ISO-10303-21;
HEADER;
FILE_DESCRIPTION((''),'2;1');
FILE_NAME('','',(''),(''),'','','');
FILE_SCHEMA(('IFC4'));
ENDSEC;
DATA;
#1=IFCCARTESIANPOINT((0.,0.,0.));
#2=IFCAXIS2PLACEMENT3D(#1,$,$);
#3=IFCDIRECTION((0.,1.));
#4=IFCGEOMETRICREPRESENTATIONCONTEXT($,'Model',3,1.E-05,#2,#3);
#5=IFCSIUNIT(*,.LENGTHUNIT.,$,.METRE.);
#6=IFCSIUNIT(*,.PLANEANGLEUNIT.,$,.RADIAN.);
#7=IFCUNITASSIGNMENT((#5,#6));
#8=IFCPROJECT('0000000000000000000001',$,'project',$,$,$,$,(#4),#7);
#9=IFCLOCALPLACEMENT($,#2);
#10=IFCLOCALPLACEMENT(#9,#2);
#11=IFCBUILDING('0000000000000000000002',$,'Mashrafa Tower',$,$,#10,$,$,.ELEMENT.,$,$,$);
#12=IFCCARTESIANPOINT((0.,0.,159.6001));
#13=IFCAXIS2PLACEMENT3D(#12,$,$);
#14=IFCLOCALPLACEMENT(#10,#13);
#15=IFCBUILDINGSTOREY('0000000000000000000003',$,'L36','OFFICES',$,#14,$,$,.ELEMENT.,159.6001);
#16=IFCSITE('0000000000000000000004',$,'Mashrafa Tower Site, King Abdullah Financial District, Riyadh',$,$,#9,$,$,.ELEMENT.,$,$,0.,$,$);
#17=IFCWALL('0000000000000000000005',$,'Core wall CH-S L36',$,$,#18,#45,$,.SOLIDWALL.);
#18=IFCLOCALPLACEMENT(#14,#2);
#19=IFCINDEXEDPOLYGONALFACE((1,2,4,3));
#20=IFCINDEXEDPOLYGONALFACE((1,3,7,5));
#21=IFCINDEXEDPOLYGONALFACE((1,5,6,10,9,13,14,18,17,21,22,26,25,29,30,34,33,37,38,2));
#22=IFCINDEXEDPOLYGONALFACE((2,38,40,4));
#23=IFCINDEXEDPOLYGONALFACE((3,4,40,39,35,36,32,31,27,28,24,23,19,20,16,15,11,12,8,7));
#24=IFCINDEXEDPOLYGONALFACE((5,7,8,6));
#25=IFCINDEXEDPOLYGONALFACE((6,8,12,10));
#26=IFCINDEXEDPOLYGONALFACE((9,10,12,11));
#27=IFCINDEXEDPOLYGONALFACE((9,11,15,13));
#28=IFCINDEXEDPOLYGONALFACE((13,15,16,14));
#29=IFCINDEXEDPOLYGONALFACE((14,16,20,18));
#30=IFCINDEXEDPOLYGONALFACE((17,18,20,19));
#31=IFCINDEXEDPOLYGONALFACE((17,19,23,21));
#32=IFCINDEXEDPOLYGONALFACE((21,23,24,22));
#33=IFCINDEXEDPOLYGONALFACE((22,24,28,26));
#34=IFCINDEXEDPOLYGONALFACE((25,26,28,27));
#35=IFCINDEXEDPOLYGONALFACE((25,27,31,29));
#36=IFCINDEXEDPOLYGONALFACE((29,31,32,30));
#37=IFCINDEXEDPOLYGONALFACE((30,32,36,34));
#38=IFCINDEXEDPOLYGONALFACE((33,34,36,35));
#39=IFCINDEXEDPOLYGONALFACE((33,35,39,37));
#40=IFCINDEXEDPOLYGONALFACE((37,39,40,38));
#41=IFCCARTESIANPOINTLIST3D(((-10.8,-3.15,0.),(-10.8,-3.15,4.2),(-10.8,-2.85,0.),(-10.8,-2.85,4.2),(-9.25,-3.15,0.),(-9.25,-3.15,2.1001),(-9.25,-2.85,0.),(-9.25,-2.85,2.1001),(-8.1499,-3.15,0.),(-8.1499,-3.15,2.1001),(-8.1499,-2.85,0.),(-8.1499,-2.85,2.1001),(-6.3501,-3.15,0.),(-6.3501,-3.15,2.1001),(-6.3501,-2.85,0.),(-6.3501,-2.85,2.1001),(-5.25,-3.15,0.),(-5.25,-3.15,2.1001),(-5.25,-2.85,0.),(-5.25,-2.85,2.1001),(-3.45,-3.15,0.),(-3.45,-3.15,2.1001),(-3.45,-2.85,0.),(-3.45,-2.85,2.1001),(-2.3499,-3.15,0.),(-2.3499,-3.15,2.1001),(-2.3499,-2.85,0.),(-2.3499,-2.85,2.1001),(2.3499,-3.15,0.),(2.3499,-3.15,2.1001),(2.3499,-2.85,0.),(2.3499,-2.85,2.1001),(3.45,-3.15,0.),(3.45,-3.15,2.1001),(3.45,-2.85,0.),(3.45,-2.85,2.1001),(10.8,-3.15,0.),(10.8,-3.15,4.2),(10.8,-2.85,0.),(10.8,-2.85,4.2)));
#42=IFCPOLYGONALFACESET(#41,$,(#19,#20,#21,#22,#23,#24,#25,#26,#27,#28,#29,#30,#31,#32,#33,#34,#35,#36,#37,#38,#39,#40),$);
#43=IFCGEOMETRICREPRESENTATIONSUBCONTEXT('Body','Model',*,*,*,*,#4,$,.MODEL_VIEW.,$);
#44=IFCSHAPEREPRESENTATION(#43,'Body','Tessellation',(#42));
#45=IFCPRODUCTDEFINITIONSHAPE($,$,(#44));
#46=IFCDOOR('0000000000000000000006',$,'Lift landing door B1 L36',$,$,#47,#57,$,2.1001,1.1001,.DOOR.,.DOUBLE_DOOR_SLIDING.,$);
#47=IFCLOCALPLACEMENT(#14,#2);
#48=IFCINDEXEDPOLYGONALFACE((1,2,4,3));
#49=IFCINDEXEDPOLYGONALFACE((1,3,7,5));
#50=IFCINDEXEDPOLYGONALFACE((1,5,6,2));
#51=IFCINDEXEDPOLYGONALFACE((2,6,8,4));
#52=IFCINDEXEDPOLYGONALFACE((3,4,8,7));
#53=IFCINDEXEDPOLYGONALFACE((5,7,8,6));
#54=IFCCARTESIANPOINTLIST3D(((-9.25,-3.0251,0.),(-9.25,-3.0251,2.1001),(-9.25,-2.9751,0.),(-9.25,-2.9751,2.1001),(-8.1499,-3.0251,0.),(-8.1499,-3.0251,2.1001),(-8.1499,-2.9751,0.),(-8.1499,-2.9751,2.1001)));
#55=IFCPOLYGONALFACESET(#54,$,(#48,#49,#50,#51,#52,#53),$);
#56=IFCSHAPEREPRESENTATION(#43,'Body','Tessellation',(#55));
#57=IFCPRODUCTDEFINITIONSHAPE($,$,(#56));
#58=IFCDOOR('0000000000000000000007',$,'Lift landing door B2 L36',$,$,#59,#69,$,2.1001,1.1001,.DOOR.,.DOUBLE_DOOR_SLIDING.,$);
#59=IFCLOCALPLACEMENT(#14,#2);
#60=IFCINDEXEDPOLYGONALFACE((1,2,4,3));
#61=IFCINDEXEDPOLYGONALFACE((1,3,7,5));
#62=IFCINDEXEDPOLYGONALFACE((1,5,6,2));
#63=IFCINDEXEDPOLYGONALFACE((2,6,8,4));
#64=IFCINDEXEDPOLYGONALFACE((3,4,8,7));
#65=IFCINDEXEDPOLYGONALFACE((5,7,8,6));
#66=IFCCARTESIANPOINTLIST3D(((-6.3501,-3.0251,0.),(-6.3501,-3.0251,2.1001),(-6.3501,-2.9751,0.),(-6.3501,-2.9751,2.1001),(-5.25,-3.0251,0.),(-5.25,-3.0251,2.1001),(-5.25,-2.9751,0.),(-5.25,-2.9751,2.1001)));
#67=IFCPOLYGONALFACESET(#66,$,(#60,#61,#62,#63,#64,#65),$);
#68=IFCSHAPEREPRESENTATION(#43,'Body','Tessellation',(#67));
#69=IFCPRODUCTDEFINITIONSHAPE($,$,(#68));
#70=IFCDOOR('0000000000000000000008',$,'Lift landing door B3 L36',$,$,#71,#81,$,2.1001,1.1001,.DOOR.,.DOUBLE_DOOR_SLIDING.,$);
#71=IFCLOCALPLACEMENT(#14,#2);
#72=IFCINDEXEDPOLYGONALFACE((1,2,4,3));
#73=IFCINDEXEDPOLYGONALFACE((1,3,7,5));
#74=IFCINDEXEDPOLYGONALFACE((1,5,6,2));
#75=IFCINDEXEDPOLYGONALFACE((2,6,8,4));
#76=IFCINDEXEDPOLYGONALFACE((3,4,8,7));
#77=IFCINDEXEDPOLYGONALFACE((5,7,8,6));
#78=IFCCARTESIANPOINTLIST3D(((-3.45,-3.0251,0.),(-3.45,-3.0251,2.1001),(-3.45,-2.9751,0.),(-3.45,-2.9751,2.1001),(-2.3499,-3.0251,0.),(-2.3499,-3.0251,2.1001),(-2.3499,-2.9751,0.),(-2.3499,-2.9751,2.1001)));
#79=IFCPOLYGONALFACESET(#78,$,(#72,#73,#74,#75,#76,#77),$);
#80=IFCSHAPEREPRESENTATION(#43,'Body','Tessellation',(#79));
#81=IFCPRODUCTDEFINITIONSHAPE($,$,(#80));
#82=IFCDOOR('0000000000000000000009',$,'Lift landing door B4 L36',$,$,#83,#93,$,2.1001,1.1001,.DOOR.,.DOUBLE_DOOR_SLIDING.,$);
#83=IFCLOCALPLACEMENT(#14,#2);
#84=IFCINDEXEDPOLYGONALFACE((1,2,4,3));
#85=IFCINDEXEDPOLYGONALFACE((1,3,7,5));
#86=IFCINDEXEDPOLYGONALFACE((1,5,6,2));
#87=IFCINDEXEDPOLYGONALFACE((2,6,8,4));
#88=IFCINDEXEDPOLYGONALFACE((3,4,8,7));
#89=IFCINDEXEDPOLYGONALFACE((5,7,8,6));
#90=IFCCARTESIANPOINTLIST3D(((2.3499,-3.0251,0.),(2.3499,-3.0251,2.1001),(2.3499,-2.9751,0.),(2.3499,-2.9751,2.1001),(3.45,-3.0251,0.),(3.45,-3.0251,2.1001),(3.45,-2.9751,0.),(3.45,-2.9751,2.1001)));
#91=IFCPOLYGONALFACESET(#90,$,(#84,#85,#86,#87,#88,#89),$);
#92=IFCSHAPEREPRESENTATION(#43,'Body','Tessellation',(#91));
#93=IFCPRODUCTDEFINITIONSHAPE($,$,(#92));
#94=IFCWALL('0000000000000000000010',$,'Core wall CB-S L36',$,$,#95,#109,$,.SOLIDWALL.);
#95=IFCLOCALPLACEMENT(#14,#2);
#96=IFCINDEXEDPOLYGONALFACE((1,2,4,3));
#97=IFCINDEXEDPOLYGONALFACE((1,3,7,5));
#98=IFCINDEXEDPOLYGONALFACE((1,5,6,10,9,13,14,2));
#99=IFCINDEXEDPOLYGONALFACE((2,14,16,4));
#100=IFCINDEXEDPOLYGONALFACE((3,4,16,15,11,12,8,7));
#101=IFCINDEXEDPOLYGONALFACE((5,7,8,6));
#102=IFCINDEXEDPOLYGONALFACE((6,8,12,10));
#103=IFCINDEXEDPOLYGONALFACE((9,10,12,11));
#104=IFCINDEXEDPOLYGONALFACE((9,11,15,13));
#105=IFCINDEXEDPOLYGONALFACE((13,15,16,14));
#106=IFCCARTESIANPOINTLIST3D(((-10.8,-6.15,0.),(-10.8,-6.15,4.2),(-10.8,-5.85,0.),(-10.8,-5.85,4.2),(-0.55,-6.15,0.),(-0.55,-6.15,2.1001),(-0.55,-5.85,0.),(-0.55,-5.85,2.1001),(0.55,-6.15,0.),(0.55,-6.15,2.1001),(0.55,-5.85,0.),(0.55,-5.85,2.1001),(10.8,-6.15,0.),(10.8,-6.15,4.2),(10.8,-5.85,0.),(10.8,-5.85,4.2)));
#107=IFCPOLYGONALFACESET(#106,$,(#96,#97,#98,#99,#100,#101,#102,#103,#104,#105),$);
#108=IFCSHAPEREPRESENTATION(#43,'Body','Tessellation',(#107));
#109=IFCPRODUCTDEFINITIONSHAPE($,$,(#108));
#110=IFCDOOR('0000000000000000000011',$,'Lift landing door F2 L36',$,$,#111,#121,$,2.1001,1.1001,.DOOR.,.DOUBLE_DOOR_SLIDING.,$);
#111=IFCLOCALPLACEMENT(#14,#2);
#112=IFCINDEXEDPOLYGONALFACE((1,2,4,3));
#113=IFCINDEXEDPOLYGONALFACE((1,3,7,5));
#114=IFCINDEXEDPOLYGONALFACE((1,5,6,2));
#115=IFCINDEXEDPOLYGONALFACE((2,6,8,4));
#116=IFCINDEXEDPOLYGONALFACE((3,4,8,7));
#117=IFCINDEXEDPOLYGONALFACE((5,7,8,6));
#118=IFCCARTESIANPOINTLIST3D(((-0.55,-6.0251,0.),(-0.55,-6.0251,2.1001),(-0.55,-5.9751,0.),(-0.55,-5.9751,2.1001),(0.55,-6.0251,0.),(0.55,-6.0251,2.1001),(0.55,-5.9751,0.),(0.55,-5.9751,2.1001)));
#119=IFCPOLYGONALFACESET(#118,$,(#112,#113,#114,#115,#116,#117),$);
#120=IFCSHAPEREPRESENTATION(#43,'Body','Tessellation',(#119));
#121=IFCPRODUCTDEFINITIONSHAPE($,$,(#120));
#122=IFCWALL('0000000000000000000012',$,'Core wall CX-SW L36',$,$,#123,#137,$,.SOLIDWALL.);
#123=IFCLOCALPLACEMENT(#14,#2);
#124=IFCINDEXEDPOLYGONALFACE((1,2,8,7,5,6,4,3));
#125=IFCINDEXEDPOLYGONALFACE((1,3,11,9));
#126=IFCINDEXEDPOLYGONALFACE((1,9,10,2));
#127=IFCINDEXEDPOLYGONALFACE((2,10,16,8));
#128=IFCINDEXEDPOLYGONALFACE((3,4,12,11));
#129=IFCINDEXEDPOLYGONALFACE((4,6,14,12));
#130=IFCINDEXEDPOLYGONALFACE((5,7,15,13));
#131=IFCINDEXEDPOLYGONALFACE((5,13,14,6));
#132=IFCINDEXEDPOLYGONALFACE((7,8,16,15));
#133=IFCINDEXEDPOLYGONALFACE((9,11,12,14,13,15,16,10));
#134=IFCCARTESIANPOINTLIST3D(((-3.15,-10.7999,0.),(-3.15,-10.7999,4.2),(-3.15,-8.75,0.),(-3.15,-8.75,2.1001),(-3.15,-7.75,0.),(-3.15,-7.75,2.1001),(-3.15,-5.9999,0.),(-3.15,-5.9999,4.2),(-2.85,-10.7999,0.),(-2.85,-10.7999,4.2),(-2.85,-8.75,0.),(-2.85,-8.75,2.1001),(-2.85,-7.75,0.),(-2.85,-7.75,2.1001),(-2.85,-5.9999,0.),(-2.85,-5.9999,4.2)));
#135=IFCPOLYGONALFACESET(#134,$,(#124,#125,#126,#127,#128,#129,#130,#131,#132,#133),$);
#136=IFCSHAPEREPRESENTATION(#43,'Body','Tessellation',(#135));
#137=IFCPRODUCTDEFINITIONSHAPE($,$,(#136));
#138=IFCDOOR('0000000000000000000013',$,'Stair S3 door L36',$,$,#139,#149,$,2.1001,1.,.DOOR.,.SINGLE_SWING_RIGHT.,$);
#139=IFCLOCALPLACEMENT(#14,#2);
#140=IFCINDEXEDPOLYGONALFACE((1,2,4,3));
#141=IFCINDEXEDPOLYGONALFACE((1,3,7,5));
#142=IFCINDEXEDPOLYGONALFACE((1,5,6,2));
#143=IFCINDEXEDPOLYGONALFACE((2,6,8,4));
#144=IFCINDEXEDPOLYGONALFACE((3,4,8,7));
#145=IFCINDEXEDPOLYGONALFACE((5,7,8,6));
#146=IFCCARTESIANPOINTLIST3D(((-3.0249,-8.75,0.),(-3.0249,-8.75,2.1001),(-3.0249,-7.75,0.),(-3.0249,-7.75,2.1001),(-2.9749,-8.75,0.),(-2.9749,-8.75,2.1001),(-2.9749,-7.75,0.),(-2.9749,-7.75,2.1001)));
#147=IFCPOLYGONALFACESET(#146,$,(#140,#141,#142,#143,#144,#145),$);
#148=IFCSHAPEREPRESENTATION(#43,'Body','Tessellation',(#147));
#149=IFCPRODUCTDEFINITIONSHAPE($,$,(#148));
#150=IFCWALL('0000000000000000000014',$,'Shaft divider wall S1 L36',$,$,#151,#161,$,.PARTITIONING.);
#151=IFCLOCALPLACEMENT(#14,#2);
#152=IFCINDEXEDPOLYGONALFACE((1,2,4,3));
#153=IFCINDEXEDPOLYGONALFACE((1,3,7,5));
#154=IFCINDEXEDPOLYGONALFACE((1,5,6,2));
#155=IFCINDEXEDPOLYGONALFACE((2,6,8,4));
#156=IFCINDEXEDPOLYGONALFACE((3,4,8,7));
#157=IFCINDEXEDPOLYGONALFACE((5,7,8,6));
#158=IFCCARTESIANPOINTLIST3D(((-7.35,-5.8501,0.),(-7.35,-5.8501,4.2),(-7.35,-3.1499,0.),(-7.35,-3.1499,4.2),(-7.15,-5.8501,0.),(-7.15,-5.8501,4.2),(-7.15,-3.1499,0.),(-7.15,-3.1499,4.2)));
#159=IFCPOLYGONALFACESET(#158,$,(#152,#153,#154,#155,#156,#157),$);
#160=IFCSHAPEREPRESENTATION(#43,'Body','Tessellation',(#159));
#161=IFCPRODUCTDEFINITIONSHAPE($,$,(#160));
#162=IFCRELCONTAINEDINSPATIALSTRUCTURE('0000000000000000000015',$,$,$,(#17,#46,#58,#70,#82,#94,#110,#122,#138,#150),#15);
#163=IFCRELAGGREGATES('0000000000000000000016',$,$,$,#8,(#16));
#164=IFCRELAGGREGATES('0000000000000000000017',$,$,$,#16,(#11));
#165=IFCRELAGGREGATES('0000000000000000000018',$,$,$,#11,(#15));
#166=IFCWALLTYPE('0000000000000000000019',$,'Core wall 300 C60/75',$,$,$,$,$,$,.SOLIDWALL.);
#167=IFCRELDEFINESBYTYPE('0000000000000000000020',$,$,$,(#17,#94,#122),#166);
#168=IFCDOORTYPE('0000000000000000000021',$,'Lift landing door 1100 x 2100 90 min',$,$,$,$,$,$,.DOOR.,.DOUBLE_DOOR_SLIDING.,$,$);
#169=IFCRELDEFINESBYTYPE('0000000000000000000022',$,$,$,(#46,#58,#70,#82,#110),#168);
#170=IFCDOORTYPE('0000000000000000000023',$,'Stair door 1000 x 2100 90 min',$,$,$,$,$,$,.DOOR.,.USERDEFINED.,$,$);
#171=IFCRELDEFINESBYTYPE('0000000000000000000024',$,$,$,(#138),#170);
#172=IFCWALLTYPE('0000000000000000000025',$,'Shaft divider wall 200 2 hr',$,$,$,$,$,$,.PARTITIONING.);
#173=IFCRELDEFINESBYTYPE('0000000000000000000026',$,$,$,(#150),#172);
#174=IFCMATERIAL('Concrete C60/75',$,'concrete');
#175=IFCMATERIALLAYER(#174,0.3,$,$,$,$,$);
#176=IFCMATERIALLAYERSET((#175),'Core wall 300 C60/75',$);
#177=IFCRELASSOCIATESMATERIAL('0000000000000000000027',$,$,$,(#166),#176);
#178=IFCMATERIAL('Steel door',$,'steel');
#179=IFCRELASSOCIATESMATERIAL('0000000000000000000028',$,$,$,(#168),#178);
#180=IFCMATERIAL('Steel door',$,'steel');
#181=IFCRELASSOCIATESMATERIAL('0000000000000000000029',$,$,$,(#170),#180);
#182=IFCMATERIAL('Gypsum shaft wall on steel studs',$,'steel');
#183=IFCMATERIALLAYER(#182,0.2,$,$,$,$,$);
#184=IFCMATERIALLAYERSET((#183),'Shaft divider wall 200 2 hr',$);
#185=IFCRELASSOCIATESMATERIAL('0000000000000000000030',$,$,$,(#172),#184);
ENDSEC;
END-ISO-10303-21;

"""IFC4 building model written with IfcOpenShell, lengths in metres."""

from ifc_helpers import new_model, si_unit, direction, frame, frame_2d, origin, place, context, subcontext, project, spatial, rectangle, extrude, material, layer, layer_set, type_object, element, fill, save


model = new_model("IFC4")

# Units and contexts
model_context = context("Model", 3, precision=1e-05, world=origin(), true_north=direction((0.0, 1.0)))
body_context = subcontext(model_context, "Body", "Model", "MODEL_VIEW")
ifc_project = project(units=[si_unit("LENGTHUNIT", "METRE"), si_unit("PLANEANGLEUNIT", "RADIAN")], contexts=[model_context])

# Site, building, storey
site_placement = place(None, origin())
site = spatial("IfcSite", under=ifc_project, at=site_placement, Name="Mashrafa Tower Site, King Abdullah Financial District, Riyadh", CompositionType="ELEMENT", RefElevation=0.0)
building_placement = place(site_placement, origin())
building = spatial("IfcBuilding", under=site, at=building_placement, Name="Mashrafa Tower", CompositionType="ELEMENT")
storey_placement = place(building_placement, frame((0.0, 0.0, 159.6001)))
storey = spatial("IfcBuildingStorey", under=building, at=storey_placement, Name="L36", Description="OFFICES", CompositionType="ELEMENT", Elevation=159.6001)

# Wall, openings, doors
ifc_material_1 = material(Name="Concrete C60/75", Category="concrete")
ifc_layer_1 = layer(ifc_material_1, 0.3)
ifc_layer_set_1 = layer_set([ifc_layer_1], Name="Core wall 300 C60/75")
wall_type_1 = type_object("IfcWallType", Name="Core wall 300 C60/75", PredefinedType="SOLIDWALL", material=ifc_layer_set_1)
wall_1_placement = place(storey_placement, frame((-10.8, -3.0, 0.0), z_axis=(0.0, 0.0, 1.0), x_axis=(1.0, 0.0, 0.0)))
wall_1 = element("IfcWall", 1, at=wall_1_placement, inside=storey, type_object=wall_type_1, Name="Core wall CH-S L36", PredefinedType="SOLIDWALL", context=body_context, shape_type="SweptSolid", body=[
    extrude(rectangle(XDim=21.6001, YDim=0.3, at=frame_2d((10.8, 0.0))), origin(), (0.0, 0.0, 1.0), 4.2),
])
opening_1_placement = place(wall_1_placement, frame((1.55, 0.0, 0.0)))
opening_1 = element("IfcOpeningElement", 2, at=opening_1_placement, cuts=wall_1, PredefinedType="OPENING", context=body_context, shape_type="SweptSolid", body=[
    extrude(rectangle(XDim=1.1001, YDim=2.1001, at=frame_2d((0.55, 1.05))), frame((0.0, 0.1599, 0.0), z_axis=(0.0, -1.0, 0.0), x_axis=(1.0, 0.0, 0.0)), (0.0, 0.0, 1.0), 0.3201),
])
opening_2_placement = place(wall_1_placement, frame((4.45, 0.0, 0.0)))
opening_2 = element("IfcOpeningElement", 3, at=opening_2_placement, cuts=wall_1, PredefinedType="OPENING", context=body_context, shape_type="SweptSolid", body=[
    extrude(rectangle(XDim=1.1001, YDim=2.1001, at=frame_2d((0.55, 1.05))), frame((0.0, 0.1599, 0.0), z_axis=(0.0, -1.0, 0.0), x_axis=(1.0, 0.0, 0.0)), (0.0, 0.0, 1.0), 0.3201),
])
opening_3_placement = place(wall_1_placement, frame((7.3501, 0.0, 0.0)))
opening_3 = element("IfcOpeningElement", 4, at=opening_3_placement, cuts=wall_1, PredefinedType="OPENING", context=body_context, shape_type="SweptSolid", body=[
    extrude(rectangle(XDim=1.1001, YDim=2.1001, at=frame_2d((0.55, 1.05))), frame((0.0, 0.1599, 0.0), z_axis=(0.0, -1.0, 0.0), x_axis=(1.0, 0.0, 0.0)), (0.0, 0.0, 1.0), 0.3201),
])
opening_4_placement = place(wall_1_placement, frame((13.1499, 0.0, 0.0)))
opening_4 = element("IfcOpeningElement", 5, at=opening_4_placement, cuts=wall_1, PredefinedType="OPENING", context=body_context, shape_type="SweptSolid", body=[
    extrude(rectangle(XDim=1.1001, YDim=2.1001, at=frame_2d((0.55, 1.05))), frame((0.0, 0.1599, 0.0), z_axis=(0.0, -1.0, 0.0), x_axis=(1.0, 0.0, 0.0)), (0.0, 0.0, 1.0), 0.3201),
])
ifc_material_2 = material(Name="Steel door", Category="steel")
door_type_1 = type_object("IfcDoorType", Name="Lift landing door 1100 x 2100 90 min", OperationType="DOUBLE_DOOR_SLIDING", PredefinedType="DOOR", material=ifc_material_2)
door_1_placement = place(opening_1_placement, origin())
door_1 = element("IfcDoor", 6, at=door_1_placement, inside=storey, type_object=door_type_1, Name="Lift landing door B1 L36", OperationType="DOUBLE_DOOR_SLIDING", OverallHeight=2.1001, OverallWidth=1.1001, PredefinedType="DOOR", context=body_context, shape_type="SweptSolid", body=[
    extrude(rectangle(XDim=1.1001, YDim=2.1001, at=frame_2d((0.55, 1.05))), frame((0.0, 0.0249, 0.0), z_axis=(0.0, -1.0, 0.0), x_axis=(1.0, 0.0, 0.0)), (0.0, 0.0, 1.0), 0.05),
])
fill(opening_1, door_1)
door_2_placement = place(opening_2_placement, origin())
door_2 = element("IfcDoor", 7, at=door_2_placement, inside=storey, type_object=door_type_1, Name="Lift landing door B2 L36", OperationType="DOUBLE_DOOR_SLIDING", OverallHeight=2.1001, OverallWidth=1.1001, PredefinedType="DOOR", context=body_context, shape_type="SweptSolid", body=[
    extrude(rectangle(XDim=1.1001, YDim=2.1001, at=frame_2d((0.55, 1.05))), frame((0.0, 0.0249, 0.0), z_axis=(0.0, -1.0, 0.0), x_axis=(1.0, 0.0, 0.0)), (0.0, 0.0, 1.0), 0.05),
])
fill(opening_2, door_2)
door_3_placement = place(opening_3_placement, origin())
door_3 = element("IfcDoor", 8, at=door_3_placement, inside=storey, type_object=door_type_1, Name="Lift landing door B3 L36", OperationType="DOUBLE_DOOR_SLIDING", OverallHeight=2.1001, OverallWidth=1.1001, PredefinedType="DOOR", context=body_context, shape_type="SweptSolid", body=[
    extrude(rectangle(XDim=1.1001, YDim=2.1001, at=frame_2d((0.55, 1.05))), frame((0.0, 0.0249, 0.0), z_axis=(0.0, -1.0, 0.0), x_axis=(1.0, 0.0, 0.0)), (0.0, 0.0, 1.0), 0.05),
])
fill(opening_3, door_3)
door_4_placement = place(opening_4_placement, origin())
door_4 = element("IfcDoor", 9, at=door_4_placement, inside=storey, type_object=door_type_1, Name="Lift landing door B4 L36", OperationType="DOUBLE_DOOR_SLIDING", OverallHeight=2.1001, OverallWidth=1.1001, PredefinedType="DOOR", context=body_context, shape_type="SweptSolid", body=[
    extrude(rectangle(XDim=1.1001, YDim=2.1001, at=frame_2d((0.55, 1.05))), frame((0.0, 0.0249, 0.0), z_axis=(0.0, -1.0, 0.0), x_axis=(1.0, 0.0, 0.0)), (0.0, 0.0, 1.0), 0.05),
])
fill(opening_4, door_4)

# Walls, openings, doors
wall_2_placement = place(storey_placement, frame((-10.8, -6.0, 0.0), z_axis=(0.0, 0.0, 1.0), x_axis=(1.0, 0.0, 0.0)))
wall_2 = element("IfcWall", 10, at=wall_2_placement, inside=storey, type_object=wall_type_1, Name="Core wall CB-S L36", PredefinedType="SOLIDWALL", context=body_context, shape_type="SweptSolid", body=[
    extrude(rectangle(XDim=21.6001, YDim=0.3, at=frame_2d((10.8, 0.0))), origin(), (0.0, 0.0, 1.0), 4.2),
])
opening_5_placement = place(wall_2_placement, frame((10.25, 0.0, 0.0)))
opening_5 = element("IfcOpeningElement", 11, at=opening_5_placement, cuts=wall_2, PredefinedType="OPENING", context=body_context, shape_type="SweptSolid", body=[
    extrude(rectangle(XDim=1.1001, YDim=2.1001, at=frame_2d((0.55, 1.05))), frame((0.0, 0.1599, 0.0), z_axis=(0.0, -1.0, 0.0), x_axis=(1.0, 0.0, 0.0)), (0.0, 0.0, 1.0), 0.3201),
])
door_5_placement = place(opening_5_placement, origin())
door_5 = element("IfcDoor", 12, at=door_5_placement, inside=storey, type_object=door_type_1, Name="Lift landing door F2 L36", OperationType="DOUBLE_DOOR_SLIDING", OverallHeight=2.1001, OverallWidth=1.1001, PredefinedType="DOOR", context=body_context, shape_type="SweptSolid", body=[
    extrude(rectangle(XDim=1.1001, YDim=2.1001, at=frame_2d((0.55, 1.05))), frame((0.0, 0.0249, 0.0), z_axis=(0.0, -1.0, 0.0), x_axis=(1.0, 0.0, 0.0)), (0.0, 0.0, 1.0), 0.05),
])
fill(opening_5, door_5)
wall_3_placement = place(storey_placement, frame((-3.0, -6.0, 0.0), z_axis=(0.0, 0.0, 1.0), x_axis=(0.0, -1.0, 0.0)))
wall_3 = element("IfcWall", 13, at=wall_3_placement, inside=storey, type_object=wall_type_1, Name="Core wall CX-SW L36", PredefinedType="SOLIDWALL", context=body_context, shape_type="SweptSolid", body=[
    extrude(rectangle(XDim=4.8, YDim=0.3, at=frame_2d((2.3999, 0.0))), origin(), (0.0, 0.0, 1.0), 4.2),
])
opening_6_placement = place(wall_3_placement, frame((1.75, 0.0, 0.0)))
opening_6 = element("IfcOpeningElement", 14, at=opening_6_placement, cuts=wall_3, PredefinedType="OPENING", context=body_context, shape_type="SweptSolid", body=[
    extrude(rectangle(XDim=1.0, YDim=2.1001, at=frame_2d((0.5, 1.05))), frame((0.0, 0.1599, 0.0), z_axis=(0.0, -1.0, 0.0), x_axis=(1.0, 0.0, 0.0)), (0.0, 0.0, 1.0), 0.3201),
])
ifc_material_3 = material(Name="Steel door", Category="steel")
door_type_2 = type_object("IfcDoorType", Name="Stair door 1000 x 2100 90 min", OperationType="USERDEFINED", PredefinedType="DOOR", material=ifc_material_3)
door_6_placement = place(opening_6_placement, frame((1.0, 0.0, 0.0), z_axis=(0.0, 0.0, 1.0), x_axis=(-1.0, 0.0, 0.0)))
door_6 = element("IfcDoor", 15, at=door_6_placement, inside=storey, type_object=door_type_2, Name="Stair S3 door L36", OperationType="SINGLE_SWING_RIGHT", OverallHeight=2.1001, OverallWidth=1.0, PredefinedType="DOOR", context=body_context, shape_type="SweptSolid", body=[
    extrude(rectangle(XDim=1.0, YDim=2.1001, at=frame_2d((0.5, 1.05))), frame((0.0, 0.0249, 0.0), z_axis=(0.0, -1.0, 0.0), x_axis=(1.0, 0.0, 0.0)), (0.0, 0.0, 1.0), 0.05),
])
fill(opening_6, door_6)

# Wall
ifc_material_4 = material(Name="Gypsum shaft wall on steel studs", Category="steel")
ifc_layer_2 = layer(ifc_material_4, 0.2)
ifc_layer_set_2 = layer_set([ifc_layer_2], Name="Shaft divider wall 200 2 hr")
wall_type_2 = type_object("IfcWallType", Name="Shaft divider wall 200 2 hr", PredefinedType="PARTITIONING", material=ifc_layer_set_2)
for number, where, z_axis, x_axis, name in (
    (16, (-7.25, -5.8501, 0.0), (0.0, 0.0, 1.0), (0.0, 1.0, 0.0), "Shaft divider wall S1 L36"),
):
    element("IfcWall", number, at=place(storey_placement, frame(where, z_axis=z_axis, x_axis=x_axis)), inside=storey, type_object=wall_type_2, Name=name, PredefinedType="PARTITIONING", context=body_context, shape_type="SweptSolid", body=[
        extrude(rectangle(XDim=2.7002, YDim=0.2, at=frame_2d((1.3501, 0.0))), origin(), (0.0, 0.0, 1.0), 4.2),
    ])

save(model, "model.ifc")
